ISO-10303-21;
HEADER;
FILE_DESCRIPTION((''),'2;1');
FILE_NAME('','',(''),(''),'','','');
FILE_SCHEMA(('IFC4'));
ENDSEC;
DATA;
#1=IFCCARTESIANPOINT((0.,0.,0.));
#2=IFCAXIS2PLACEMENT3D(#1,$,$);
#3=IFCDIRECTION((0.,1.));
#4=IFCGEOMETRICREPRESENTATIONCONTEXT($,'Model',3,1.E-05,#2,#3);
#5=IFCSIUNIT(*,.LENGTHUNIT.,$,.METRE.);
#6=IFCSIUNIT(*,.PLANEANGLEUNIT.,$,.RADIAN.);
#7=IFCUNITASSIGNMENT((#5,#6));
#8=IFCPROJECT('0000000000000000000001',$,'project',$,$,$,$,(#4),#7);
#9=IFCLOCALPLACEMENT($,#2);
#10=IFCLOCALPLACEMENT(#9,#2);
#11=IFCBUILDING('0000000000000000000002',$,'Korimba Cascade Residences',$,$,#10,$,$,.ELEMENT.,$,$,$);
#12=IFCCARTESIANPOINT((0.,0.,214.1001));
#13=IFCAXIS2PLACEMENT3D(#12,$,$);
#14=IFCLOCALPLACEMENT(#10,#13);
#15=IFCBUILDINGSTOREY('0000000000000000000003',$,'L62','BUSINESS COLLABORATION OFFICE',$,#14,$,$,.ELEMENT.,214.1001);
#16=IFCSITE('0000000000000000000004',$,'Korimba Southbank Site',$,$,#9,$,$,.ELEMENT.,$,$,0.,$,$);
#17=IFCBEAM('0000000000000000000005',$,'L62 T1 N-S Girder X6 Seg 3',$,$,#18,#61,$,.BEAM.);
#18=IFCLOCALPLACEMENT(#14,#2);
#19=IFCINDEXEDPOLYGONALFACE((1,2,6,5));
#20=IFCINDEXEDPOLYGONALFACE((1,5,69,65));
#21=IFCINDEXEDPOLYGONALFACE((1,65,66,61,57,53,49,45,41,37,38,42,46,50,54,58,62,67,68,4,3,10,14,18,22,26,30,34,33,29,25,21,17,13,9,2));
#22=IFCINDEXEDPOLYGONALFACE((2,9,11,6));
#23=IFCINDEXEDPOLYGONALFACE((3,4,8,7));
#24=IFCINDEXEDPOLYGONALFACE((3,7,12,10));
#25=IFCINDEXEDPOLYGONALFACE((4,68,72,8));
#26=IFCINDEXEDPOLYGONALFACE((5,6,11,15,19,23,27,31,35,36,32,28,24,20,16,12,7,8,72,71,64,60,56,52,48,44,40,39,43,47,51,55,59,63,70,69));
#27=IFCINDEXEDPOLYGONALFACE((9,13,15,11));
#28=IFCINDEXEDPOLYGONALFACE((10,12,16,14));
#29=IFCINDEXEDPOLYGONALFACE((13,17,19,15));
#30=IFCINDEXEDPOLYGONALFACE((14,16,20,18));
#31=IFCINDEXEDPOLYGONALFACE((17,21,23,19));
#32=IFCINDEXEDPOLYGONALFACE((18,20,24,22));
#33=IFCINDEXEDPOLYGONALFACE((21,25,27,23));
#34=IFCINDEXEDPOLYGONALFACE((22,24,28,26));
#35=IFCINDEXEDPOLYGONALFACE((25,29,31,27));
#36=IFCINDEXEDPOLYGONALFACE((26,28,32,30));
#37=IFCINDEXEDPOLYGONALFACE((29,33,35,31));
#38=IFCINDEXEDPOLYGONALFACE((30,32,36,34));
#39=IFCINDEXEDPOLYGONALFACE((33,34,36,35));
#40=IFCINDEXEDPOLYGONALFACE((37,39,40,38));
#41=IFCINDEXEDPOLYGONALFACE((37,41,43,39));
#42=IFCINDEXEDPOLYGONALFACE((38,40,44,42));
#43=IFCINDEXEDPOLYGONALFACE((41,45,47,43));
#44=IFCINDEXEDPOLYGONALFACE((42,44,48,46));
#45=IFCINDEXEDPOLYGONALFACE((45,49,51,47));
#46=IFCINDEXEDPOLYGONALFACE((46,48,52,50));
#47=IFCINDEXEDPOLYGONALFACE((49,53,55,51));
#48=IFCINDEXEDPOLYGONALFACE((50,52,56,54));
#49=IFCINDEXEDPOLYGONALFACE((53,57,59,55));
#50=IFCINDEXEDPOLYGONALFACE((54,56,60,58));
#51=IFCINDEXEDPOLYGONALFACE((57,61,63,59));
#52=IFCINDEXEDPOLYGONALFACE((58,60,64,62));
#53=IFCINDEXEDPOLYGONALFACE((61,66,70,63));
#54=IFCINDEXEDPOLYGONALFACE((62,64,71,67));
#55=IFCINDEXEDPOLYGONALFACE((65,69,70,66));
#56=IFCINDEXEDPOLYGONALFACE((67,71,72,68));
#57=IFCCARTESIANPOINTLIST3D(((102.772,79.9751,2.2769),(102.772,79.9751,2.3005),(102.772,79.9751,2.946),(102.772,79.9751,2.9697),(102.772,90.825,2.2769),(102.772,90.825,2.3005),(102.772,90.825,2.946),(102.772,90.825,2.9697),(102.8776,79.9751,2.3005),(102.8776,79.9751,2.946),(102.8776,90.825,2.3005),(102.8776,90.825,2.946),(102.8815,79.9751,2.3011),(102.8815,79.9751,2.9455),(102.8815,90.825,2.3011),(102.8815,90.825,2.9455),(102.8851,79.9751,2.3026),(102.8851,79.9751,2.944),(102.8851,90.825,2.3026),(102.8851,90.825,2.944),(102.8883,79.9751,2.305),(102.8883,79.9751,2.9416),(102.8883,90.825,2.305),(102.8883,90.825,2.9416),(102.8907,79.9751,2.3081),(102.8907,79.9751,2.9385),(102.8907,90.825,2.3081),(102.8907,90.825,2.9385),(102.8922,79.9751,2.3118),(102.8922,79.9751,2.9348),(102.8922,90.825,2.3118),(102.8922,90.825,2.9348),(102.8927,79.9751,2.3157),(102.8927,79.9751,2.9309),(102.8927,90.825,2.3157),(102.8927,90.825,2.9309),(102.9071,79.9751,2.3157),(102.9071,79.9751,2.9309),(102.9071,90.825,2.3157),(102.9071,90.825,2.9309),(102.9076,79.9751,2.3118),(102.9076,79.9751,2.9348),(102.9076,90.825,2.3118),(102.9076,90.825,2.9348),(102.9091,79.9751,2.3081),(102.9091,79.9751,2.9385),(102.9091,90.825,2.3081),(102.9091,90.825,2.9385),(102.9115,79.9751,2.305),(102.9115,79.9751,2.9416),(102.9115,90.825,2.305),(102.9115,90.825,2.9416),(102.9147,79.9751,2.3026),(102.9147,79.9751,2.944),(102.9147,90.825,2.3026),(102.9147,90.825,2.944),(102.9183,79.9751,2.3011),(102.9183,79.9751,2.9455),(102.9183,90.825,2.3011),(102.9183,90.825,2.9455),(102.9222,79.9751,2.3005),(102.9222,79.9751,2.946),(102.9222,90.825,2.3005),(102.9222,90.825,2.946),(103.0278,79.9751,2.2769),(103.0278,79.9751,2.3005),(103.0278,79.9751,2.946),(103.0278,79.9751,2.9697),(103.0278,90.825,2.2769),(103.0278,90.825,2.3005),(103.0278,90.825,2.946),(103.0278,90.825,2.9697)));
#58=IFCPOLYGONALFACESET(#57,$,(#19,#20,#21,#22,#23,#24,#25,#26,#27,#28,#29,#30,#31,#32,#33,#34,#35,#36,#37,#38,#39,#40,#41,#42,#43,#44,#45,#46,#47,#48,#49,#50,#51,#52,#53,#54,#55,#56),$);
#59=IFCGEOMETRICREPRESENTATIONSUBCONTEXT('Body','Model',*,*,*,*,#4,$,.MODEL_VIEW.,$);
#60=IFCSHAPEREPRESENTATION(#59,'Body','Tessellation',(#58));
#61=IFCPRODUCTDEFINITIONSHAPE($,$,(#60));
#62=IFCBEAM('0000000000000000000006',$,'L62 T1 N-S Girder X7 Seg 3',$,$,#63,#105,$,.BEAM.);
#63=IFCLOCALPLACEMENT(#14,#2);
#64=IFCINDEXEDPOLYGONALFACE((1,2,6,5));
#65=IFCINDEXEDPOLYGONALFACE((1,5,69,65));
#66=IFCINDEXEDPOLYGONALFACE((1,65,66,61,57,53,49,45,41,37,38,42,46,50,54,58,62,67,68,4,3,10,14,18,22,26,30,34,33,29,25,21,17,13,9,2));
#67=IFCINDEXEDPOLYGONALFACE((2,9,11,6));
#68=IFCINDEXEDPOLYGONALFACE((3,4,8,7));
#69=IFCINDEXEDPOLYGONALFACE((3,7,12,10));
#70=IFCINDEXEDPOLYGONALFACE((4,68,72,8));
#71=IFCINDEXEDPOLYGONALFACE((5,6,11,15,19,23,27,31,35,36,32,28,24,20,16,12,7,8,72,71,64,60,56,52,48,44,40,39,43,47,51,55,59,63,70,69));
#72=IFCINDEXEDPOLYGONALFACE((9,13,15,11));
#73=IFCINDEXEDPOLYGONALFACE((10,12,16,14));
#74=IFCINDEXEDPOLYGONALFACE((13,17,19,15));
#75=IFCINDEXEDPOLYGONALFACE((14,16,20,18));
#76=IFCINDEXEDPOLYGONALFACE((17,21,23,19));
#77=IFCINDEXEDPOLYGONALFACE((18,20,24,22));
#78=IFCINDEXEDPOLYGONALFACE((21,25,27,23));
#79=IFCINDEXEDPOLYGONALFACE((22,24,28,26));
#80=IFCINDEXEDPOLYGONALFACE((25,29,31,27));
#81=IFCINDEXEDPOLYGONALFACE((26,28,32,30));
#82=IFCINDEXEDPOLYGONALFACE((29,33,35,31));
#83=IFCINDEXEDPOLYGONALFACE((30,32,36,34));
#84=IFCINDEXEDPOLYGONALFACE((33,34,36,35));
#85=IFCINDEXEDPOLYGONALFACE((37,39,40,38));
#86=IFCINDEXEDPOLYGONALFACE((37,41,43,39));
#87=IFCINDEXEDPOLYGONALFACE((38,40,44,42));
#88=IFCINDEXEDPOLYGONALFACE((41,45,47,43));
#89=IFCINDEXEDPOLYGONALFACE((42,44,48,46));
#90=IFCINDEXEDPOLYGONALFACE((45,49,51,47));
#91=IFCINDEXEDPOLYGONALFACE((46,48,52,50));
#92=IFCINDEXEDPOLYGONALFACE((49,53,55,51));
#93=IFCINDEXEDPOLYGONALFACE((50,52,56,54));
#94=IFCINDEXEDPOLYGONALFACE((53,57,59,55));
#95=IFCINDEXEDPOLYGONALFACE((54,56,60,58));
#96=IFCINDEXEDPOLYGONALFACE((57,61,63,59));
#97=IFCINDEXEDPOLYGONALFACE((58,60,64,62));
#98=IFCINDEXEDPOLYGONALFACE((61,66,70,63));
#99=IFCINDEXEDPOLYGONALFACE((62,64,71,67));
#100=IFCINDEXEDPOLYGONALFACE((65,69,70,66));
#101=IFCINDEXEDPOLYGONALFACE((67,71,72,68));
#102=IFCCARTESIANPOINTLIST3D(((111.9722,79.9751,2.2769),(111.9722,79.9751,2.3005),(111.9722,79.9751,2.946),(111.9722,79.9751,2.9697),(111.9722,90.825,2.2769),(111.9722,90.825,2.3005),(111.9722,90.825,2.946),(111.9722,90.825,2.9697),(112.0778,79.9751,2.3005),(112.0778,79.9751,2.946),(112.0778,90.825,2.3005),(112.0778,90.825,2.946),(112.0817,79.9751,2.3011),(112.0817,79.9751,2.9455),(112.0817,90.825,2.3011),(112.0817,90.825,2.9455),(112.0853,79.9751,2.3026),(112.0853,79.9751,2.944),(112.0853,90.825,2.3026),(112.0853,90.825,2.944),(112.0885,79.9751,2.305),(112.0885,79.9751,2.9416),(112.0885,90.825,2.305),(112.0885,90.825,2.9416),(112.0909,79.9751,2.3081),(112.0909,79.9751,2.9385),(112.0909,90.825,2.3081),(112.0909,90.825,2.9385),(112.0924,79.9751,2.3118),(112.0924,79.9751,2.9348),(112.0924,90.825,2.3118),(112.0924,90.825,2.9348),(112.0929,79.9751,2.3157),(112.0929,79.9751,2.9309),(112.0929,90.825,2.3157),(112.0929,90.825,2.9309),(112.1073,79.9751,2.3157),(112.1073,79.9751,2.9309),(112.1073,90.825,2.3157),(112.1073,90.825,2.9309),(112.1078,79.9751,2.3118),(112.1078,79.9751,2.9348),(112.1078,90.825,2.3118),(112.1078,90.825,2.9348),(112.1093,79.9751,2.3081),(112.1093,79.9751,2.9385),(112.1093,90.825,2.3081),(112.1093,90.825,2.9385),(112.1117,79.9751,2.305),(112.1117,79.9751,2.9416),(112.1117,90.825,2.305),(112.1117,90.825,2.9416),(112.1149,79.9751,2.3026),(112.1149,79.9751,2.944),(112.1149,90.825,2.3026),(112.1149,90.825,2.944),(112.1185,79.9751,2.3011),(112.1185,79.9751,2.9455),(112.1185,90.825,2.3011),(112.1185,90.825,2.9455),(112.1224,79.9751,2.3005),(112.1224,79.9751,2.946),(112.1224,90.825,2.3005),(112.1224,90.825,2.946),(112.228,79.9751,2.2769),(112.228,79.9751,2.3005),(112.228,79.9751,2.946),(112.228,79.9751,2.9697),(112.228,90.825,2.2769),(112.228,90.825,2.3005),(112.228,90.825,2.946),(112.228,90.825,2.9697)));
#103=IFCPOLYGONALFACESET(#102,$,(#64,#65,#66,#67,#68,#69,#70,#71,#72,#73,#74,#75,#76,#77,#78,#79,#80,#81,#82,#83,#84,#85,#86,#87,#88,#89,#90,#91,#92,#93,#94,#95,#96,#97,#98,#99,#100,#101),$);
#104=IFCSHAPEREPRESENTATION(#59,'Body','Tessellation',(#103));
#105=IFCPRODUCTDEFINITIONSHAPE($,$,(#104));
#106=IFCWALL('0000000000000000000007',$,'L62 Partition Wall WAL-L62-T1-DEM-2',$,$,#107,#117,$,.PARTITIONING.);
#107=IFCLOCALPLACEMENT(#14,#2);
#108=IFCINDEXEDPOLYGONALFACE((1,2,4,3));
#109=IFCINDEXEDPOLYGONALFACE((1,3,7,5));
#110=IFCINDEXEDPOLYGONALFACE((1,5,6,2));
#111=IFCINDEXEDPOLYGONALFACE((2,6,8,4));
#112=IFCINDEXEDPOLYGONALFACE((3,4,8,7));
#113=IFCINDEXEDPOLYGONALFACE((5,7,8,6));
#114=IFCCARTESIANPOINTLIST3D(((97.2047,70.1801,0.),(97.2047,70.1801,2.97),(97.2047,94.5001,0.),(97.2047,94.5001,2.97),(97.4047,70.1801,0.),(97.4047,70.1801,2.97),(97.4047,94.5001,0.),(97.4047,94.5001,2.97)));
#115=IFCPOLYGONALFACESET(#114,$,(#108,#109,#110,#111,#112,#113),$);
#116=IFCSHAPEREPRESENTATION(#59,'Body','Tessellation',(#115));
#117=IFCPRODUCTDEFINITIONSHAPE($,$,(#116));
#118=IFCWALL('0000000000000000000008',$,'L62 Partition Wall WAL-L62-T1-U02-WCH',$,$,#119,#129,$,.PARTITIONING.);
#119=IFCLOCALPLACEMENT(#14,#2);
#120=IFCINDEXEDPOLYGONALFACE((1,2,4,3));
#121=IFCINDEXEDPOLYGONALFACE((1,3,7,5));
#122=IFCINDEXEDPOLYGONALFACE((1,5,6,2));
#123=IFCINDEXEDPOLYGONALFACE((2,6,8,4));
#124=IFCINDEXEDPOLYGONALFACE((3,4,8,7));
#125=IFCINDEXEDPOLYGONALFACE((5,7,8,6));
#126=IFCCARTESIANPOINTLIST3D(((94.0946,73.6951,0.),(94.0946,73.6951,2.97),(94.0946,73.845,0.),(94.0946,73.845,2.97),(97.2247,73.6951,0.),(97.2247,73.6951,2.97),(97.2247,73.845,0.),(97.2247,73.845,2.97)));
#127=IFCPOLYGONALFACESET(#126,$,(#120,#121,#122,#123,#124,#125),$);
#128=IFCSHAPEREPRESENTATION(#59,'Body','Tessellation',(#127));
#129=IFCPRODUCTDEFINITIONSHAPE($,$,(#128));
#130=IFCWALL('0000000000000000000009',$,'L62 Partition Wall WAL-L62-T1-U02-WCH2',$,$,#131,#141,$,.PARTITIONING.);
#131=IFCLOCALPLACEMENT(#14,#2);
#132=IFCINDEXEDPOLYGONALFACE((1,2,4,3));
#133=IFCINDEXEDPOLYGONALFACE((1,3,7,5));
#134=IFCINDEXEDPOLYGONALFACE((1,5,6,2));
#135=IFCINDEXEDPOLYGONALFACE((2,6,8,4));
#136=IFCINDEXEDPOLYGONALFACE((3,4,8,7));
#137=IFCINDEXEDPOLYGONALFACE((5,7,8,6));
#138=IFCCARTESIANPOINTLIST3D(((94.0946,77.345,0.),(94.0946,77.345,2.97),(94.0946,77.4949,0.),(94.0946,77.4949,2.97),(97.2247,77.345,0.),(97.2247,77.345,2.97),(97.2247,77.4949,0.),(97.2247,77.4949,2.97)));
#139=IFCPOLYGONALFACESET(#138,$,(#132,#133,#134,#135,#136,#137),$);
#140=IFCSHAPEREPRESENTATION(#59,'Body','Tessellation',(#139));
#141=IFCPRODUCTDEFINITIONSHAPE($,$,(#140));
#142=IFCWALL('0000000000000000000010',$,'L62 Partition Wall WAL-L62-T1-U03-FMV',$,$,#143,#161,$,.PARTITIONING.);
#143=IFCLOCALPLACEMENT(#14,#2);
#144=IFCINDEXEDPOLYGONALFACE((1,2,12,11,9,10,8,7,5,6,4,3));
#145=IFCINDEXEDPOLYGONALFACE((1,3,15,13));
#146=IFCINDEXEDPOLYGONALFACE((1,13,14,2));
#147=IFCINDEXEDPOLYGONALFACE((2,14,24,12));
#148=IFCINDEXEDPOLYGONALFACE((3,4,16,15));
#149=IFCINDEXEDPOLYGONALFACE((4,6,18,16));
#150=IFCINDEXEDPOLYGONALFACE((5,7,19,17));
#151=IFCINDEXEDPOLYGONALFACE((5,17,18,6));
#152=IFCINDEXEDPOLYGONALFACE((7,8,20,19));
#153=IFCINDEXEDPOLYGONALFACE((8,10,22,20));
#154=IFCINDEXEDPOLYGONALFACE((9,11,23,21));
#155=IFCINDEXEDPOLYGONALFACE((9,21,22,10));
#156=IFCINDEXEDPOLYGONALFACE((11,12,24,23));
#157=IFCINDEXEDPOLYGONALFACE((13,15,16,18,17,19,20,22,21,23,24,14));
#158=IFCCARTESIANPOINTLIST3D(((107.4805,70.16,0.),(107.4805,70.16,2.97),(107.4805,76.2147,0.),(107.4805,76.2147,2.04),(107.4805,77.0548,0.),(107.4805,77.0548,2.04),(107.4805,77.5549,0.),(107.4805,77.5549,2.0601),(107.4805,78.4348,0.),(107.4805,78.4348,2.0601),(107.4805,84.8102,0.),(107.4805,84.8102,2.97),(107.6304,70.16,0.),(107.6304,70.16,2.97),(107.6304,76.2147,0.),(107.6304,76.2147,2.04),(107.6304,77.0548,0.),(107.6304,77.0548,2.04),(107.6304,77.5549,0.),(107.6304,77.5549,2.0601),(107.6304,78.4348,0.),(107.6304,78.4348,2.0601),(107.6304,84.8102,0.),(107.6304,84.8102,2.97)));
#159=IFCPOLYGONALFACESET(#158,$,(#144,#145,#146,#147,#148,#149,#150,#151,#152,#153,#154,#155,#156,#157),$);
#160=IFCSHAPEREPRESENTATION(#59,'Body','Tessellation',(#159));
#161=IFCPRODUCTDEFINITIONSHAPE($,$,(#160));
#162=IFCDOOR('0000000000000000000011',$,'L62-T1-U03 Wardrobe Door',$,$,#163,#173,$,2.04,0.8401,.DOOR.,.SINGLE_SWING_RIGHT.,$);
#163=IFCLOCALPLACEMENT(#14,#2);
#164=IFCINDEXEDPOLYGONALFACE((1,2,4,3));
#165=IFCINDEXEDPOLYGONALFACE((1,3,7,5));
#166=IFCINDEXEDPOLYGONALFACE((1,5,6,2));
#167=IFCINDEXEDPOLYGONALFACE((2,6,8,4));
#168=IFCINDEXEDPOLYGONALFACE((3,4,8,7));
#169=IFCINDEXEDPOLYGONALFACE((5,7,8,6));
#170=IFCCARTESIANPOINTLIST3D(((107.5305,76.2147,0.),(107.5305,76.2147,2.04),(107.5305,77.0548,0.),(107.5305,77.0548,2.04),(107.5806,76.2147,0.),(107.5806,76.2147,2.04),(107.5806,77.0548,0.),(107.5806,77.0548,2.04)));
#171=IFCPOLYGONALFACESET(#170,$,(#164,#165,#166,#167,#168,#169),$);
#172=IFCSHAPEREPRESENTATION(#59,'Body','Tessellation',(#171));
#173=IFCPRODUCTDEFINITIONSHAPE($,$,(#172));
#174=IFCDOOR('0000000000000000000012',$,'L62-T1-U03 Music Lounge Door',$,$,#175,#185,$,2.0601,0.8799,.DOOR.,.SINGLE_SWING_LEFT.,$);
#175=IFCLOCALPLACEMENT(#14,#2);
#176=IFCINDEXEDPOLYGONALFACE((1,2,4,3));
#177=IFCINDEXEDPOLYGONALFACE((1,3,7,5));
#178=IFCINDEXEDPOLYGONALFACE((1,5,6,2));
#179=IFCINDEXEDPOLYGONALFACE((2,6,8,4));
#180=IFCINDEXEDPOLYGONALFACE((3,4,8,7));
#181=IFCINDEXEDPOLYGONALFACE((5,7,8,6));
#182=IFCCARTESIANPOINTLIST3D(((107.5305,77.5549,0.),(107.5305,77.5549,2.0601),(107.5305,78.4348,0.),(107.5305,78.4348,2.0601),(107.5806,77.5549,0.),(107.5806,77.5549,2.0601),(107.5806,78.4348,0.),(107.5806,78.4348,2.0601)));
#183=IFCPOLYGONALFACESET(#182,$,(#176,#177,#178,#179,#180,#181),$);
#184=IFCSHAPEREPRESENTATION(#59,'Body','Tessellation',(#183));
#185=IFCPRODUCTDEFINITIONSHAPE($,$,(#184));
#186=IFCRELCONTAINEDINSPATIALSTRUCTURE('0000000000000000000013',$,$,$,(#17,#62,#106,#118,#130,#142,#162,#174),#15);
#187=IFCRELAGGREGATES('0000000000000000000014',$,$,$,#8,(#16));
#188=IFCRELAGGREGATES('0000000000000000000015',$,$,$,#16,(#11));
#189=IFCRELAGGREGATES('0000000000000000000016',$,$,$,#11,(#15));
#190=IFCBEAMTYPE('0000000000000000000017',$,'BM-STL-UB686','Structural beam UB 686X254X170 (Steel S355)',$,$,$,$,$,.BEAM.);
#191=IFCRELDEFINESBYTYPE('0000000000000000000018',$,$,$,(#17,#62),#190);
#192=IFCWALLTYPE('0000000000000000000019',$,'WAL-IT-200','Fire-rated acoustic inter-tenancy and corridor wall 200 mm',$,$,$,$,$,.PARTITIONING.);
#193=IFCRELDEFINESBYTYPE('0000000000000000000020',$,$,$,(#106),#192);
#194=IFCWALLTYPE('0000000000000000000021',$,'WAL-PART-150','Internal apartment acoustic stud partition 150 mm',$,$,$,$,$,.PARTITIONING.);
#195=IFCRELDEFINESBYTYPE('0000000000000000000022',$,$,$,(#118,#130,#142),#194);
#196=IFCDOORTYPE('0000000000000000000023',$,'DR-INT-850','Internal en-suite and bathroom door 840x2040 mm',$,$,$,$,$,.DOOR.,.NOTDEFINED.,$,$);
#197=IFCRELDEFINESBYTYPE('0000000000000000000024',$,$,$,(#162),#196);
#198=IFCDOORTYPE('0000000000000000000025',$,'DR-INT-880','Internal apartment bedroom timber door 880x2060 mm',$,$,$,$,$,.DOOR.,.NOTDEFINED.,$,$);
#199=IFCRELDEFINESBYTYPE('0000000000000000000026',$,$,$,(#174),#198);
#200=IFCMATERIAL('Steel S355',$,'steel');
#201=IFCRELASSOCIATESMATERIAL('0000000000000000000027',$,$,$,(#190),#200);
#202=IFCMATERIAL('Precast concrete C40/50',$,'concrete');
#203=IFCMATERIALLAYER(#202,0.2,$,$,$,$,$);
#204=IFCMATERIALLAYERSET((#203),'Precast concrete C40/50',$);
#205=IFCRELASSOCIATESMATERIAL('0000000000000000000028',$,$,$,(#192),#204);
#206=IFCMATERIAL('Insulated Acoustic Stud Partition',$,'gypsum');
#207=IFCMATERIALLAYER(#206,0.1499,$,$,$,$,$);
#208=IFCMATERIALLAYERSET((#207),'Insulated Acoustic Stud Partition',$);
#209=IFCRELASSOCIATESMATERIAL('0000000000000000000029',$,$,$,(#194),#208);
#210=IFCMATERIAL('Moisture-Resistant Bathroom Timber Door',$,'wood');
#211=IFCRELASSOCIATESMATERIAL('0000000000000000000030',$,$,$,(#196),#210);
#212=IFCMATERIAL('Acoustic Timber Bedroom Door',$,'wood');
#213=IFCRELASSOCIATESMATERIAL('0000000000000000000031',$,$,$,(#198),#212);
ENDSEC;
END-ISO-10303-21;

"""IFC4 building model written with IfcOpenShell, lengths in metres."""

from ifc_helpers import new_model, si_unit, direction, frame, frame_2d, origin, origin_2d, place, context, subcontext, project, spatial, rectangle, i_section, extrude, material, layer, layer_set, material_profile, profile_set, type_object, element, fill, save


model = new_model("IFC4")

# Units and contexts
model_context = context("Model", 3, precision=1e-05, world=origin(), true_north=direction((0.0, 1.0)))
body_context = subcontext(model_context, "Body", "Model", "MODEL_VIEW")
ifc_project = project(units=[si_unit("LENGTHUNIT", "METRE"), si_unit("PLANEANGLEUNIT", "RADIAN")], contexts=[model_context])

# Site, building, storey
site_placement = place(None, origin())
site = spatial("IfcSite", under=ifc_project, at=site_placement, Name="Korimba Southbank Site", CompositionType="ELEMENT", RefElevation=0.0)
building_placement = place(site_placement, origin())
building = spatial("IfcBuilding", under=site, at=building_placement, Name="Korimba Cascade Residences", CompositionType="ELEMENT")
storey_placement = place(building_placement, frame((0.0, 0.0, 214.1001)))
storey = spatial("IfcBuildingStorey", under=building, at=storey_placement, Name="L62", Description="BUSINESS COLLABORATION OFFICE", CompositionType="ELEMENT", Elevation=214.1001)

# Beams
ifc_material_1 = material(Name="Steel S355", Category="steel")
ifc_material_profile_1 = material_profile(ifc_material_1, i_section(OverallWidth=0.2559, OverallDepth=0.6929, WebThickness=0.0144, FlangeThickness=0.0237, FilletRadius=0.0151, at=origin_2d()), Name="Steel S355")
ifc_profile_set_1 = profile_set([ifc_material_profile_1], Name="Steel S355")
beam_type_1 = type_object("IfcBeamType", Name="BM-STL-UB686", Description="Structural beam UB 686X254X170 (Steel S355)", PredefinedType="BEAM", material=ifc_profile_set_1)
for number, where, z_axis, x_axis, name in (
    (1, (102.8999, 79.9751, 2.6233), (0.0, 1.0, 0.0), (-1.0, 0.0, 0.0), "L62 T1 N-S Girder X6 Seg 3"),
    (2, (112.1001, 79.9751, 2.6233), (0.0, 1.0, 0.0), (-1.0, 0.0, 0.0), "L62 T1 N-S Girder X7 Seg 3"),
):
    element("IfcBeam", number, at=place(storey_placement, frame(where, z_axis=z_axis, x_axis=x_axis)), inside=storey, type_object=beam_type_1, Name=name, PredefinedType="BEAM", context=body_context, shape_type="SweptSolid", body=[
        extrude(i_section(OverallWidth=0.2559, OverallDepth=0.6929, WebThickness=0.0144, FlangeThickness=0.0237, FilletRadius=0.0151, at=origin_2d()), origin(), (0.0, 0.0, 1.0), 10.8499),
    ])

# Walls
ifc_material_2 = material(Name="Precast concrete C40/50", Category="concrete")
ifc_layer_1 = layer(ifc_material_2, 0.2)
ifc_layer_set_1 = layer_set([ifc_layer_1], Name="Precast concrete C40/50")
wall_type_1 = type_object("IfcWallType", Name="WAL-IT-200", Description="Fire-rated acoustic inter-tenancy and corridor wall 200 mm", PredefinedType="PARTITIONING", material=ifc_layer_set_1)
wall_1_placement = place(storey_placement, frame((97.3047, 70.1799, 0.0), z_axis=(0.0, 0.0, 1.0), x_axis=(0.0, 1.0, 0.0)))
element("IfcWall", 3, at=wall_1_placement, inside=storey, type_object=wall_type_1, Name="L62 Partition Wall WAL-L62-T1-DEM-2", PredefinedType="PARTITIONING", context=body_context, shape_type="SweptSolid", body=[
    extrude(rectangle(XDim=24.3201, YDim=0.2, at=frame_2d((12.1602, 0.0))), origin(), (0.0, 0.0, 1.0), 2.97),
])
ifc_material_3 = material(Name="Insulated Acoustic Stud Partition", Category="gypsum")
ifc_layer_2 = layer(ifc_material_3, 0.1499)
ifc_layer_set_2 = layer_set([ifc_layer_2], Name="Insulated Acoustic Stud Partition")
wall_type_2 = type_object("IfcWallType", Name="WAL-PART-150", Description="Internal apartment acoustic stud partition 150 mm", PredefinedType="PARTITIONING", material=ifc_layer_set_2)
for number, where, z_axis, x_axis, name in (
    (4, (94.0947, 73.77, 0.0), (0.0, 0.0, 1.0), (1.0, 0.0, 0.0), "L62 Partition Wall WAL-L62-T1-U02-WCH"),
    (5, (94.0947, 77.4199, 0.0), (0.0, 0.0, 1.0), (1.0, 0.0, 0.0), "L62 Partition Wall WAL-L62-T1-U02-WCH2"),
):
    element("IfcWall", number, at=place(storey_placement, frame(where, z_axis=z_axis, x_axis=x_axis)), inside=storey, type_object=wall_type_2, Name=name, PredefinedType="PARTITIONING", context=body_context, shape_type="SweptSolid", body=[
        extrude(rectangle(XDim=3.1301, YDim=0.1499, at=frame_2d((1.5649, 0.0))), origin(), (0.0, 0.0, 1.0), 2.97),
    ])

# Wall, openings, doors
wall_2_placement = place(storey_placement, frame((107.5554, 70.1599, 0.0), z_axis=(0.0, 0.0, 1.0), x_axis=(0.0, 1.0, 0.0)))
wall_2 = element("IfcWall", 6, at=wall_2_placement, inside=storey, type_object=wall_type_2, Name="L62 Partition Wall WAL-L62-T1-U03-FMV", PredefinedType="PARTITIONING", context=body_context, shape_type="SweptSolid", body=[
    extrude(rectangle(XDim=14.6501, YDim=0.1499, at=frame_2d((7.3252, 0.0))), origin(), (0.0, 0.0, 1.0), 2.97),
])
opening_1_placement = place(wall_2_placement, frame((6.0549, 0.0, 0.0)))
opening_1 = element("IfcOpeningElement", 7, at=opening_1_placement, cuts=wall_2, PredefinedType="OPENING", context=body_context, shape_type="SweptSolid", body=[
    extrude(rectangle(XDim=0.8401, YDim=2.04, at=frame_2d((0.4199, 1.02))), frame((0.0, 0.085, 0.0), z_axis=(0.0, -1.0, 0.0), x_axis=(1.0, 0.0, 0.0)), (0.0, 0.0, 1.0), 0.1699),
])
opening_2_placement = place(wall_2_placement, frame((7.395, 0.0, 0.0)))
opening_2 = element("IfcOpeningElement", 8, at=opening_2_placement, cuts=wall_2, PredefinedType="OPENING", context=body_context, shape_type="SweptSolid", body=[
    extrude(rectangle(XDim=0.8799, YDim=2.0601, at=frame_2d((0.4399, 1.03))), frame((0.0, 0.085, 0.0), z_axis=(0.0, -1.0, 0.0), x_axis=(1.0, 0.0, 0.0)), (0.0, 0.0, 1.0), 0.1699),
])
ifc_material_4 = material(Name="Moisture-Resistant Bathroom Timber Door", Category="wood")
door_type_1 = type_object("IfcDoorType", Name="DR-INT-850", Description="Internal en-suite and bathroom door 840x2040 mm", OperationType="NOTDEFINED", PredefinedType="DOOR", material=ifc_material_4)
door_1_placement = place(opening_1_placement, origin())
door_1 = element("IfcDoor", 9, at=door_1_placement, inside=storey, type_object=door_type_1, Name="L62-T1-U03 Wardrobe Door", OperationType="SINGLE_SWING_RIGHT", OverallHeight=2.04, OverallWidth=0.8401, PredefinedType="DOOR", context=body_context, shape_type="SweptSolid", body=[
    extrude(rectangle(XDim=0.8401, YDim=2.04, at=frame_2d((0.4199, 1.02))), frame((0.0, 0.0249, 0.0), z_axis=(0.0, -1.0, 0.0), x_axis=(1.0, 0.0, 0.0)), (0.0, 0.0, 1.0), 0.05),
])
fill(opening_1, door_1)
ifc_material_5 = material(Name="Acoustic Timber Bedroom Door", Category="wood")
door_type_2 = type_object("IfcDoorType", Name="DR-INT-880", Description="Internal apartment bedroom timber door 880x2060 mm", OperationType="NOTDEFINED", PredefinedType="DOOR", material=ifc_material_5)
door_2_placement = place(opening_2_placement, origin())
door_2 = element("IfcDoor", 10, at=door_2_placement, inside=storey, type_object=door_type_2, Name="L62-T1-U03 Music Lounge Door", OperationType="SINGLE_SWING_LEFT", OverallHeight=2.0601, OverallWidth=0.8799, PredefinedType="DOOR", context=body_context, shape_type="SweptSolid", body=[
    extrude(rectangle(XDim=0.8799, YDim=2.0601, at=frame_2d((0.4399, 1.03))), frame((0.0, 0.0249, 0.0), z_axis=(0.0, -1.0, 0.0), x_axis=(1.0, 0.0, 0.0)), (0.0, 0.0, 1.0), 0.05),
])
fill(opening_2, door_2)

save(model, "model.ifc")
